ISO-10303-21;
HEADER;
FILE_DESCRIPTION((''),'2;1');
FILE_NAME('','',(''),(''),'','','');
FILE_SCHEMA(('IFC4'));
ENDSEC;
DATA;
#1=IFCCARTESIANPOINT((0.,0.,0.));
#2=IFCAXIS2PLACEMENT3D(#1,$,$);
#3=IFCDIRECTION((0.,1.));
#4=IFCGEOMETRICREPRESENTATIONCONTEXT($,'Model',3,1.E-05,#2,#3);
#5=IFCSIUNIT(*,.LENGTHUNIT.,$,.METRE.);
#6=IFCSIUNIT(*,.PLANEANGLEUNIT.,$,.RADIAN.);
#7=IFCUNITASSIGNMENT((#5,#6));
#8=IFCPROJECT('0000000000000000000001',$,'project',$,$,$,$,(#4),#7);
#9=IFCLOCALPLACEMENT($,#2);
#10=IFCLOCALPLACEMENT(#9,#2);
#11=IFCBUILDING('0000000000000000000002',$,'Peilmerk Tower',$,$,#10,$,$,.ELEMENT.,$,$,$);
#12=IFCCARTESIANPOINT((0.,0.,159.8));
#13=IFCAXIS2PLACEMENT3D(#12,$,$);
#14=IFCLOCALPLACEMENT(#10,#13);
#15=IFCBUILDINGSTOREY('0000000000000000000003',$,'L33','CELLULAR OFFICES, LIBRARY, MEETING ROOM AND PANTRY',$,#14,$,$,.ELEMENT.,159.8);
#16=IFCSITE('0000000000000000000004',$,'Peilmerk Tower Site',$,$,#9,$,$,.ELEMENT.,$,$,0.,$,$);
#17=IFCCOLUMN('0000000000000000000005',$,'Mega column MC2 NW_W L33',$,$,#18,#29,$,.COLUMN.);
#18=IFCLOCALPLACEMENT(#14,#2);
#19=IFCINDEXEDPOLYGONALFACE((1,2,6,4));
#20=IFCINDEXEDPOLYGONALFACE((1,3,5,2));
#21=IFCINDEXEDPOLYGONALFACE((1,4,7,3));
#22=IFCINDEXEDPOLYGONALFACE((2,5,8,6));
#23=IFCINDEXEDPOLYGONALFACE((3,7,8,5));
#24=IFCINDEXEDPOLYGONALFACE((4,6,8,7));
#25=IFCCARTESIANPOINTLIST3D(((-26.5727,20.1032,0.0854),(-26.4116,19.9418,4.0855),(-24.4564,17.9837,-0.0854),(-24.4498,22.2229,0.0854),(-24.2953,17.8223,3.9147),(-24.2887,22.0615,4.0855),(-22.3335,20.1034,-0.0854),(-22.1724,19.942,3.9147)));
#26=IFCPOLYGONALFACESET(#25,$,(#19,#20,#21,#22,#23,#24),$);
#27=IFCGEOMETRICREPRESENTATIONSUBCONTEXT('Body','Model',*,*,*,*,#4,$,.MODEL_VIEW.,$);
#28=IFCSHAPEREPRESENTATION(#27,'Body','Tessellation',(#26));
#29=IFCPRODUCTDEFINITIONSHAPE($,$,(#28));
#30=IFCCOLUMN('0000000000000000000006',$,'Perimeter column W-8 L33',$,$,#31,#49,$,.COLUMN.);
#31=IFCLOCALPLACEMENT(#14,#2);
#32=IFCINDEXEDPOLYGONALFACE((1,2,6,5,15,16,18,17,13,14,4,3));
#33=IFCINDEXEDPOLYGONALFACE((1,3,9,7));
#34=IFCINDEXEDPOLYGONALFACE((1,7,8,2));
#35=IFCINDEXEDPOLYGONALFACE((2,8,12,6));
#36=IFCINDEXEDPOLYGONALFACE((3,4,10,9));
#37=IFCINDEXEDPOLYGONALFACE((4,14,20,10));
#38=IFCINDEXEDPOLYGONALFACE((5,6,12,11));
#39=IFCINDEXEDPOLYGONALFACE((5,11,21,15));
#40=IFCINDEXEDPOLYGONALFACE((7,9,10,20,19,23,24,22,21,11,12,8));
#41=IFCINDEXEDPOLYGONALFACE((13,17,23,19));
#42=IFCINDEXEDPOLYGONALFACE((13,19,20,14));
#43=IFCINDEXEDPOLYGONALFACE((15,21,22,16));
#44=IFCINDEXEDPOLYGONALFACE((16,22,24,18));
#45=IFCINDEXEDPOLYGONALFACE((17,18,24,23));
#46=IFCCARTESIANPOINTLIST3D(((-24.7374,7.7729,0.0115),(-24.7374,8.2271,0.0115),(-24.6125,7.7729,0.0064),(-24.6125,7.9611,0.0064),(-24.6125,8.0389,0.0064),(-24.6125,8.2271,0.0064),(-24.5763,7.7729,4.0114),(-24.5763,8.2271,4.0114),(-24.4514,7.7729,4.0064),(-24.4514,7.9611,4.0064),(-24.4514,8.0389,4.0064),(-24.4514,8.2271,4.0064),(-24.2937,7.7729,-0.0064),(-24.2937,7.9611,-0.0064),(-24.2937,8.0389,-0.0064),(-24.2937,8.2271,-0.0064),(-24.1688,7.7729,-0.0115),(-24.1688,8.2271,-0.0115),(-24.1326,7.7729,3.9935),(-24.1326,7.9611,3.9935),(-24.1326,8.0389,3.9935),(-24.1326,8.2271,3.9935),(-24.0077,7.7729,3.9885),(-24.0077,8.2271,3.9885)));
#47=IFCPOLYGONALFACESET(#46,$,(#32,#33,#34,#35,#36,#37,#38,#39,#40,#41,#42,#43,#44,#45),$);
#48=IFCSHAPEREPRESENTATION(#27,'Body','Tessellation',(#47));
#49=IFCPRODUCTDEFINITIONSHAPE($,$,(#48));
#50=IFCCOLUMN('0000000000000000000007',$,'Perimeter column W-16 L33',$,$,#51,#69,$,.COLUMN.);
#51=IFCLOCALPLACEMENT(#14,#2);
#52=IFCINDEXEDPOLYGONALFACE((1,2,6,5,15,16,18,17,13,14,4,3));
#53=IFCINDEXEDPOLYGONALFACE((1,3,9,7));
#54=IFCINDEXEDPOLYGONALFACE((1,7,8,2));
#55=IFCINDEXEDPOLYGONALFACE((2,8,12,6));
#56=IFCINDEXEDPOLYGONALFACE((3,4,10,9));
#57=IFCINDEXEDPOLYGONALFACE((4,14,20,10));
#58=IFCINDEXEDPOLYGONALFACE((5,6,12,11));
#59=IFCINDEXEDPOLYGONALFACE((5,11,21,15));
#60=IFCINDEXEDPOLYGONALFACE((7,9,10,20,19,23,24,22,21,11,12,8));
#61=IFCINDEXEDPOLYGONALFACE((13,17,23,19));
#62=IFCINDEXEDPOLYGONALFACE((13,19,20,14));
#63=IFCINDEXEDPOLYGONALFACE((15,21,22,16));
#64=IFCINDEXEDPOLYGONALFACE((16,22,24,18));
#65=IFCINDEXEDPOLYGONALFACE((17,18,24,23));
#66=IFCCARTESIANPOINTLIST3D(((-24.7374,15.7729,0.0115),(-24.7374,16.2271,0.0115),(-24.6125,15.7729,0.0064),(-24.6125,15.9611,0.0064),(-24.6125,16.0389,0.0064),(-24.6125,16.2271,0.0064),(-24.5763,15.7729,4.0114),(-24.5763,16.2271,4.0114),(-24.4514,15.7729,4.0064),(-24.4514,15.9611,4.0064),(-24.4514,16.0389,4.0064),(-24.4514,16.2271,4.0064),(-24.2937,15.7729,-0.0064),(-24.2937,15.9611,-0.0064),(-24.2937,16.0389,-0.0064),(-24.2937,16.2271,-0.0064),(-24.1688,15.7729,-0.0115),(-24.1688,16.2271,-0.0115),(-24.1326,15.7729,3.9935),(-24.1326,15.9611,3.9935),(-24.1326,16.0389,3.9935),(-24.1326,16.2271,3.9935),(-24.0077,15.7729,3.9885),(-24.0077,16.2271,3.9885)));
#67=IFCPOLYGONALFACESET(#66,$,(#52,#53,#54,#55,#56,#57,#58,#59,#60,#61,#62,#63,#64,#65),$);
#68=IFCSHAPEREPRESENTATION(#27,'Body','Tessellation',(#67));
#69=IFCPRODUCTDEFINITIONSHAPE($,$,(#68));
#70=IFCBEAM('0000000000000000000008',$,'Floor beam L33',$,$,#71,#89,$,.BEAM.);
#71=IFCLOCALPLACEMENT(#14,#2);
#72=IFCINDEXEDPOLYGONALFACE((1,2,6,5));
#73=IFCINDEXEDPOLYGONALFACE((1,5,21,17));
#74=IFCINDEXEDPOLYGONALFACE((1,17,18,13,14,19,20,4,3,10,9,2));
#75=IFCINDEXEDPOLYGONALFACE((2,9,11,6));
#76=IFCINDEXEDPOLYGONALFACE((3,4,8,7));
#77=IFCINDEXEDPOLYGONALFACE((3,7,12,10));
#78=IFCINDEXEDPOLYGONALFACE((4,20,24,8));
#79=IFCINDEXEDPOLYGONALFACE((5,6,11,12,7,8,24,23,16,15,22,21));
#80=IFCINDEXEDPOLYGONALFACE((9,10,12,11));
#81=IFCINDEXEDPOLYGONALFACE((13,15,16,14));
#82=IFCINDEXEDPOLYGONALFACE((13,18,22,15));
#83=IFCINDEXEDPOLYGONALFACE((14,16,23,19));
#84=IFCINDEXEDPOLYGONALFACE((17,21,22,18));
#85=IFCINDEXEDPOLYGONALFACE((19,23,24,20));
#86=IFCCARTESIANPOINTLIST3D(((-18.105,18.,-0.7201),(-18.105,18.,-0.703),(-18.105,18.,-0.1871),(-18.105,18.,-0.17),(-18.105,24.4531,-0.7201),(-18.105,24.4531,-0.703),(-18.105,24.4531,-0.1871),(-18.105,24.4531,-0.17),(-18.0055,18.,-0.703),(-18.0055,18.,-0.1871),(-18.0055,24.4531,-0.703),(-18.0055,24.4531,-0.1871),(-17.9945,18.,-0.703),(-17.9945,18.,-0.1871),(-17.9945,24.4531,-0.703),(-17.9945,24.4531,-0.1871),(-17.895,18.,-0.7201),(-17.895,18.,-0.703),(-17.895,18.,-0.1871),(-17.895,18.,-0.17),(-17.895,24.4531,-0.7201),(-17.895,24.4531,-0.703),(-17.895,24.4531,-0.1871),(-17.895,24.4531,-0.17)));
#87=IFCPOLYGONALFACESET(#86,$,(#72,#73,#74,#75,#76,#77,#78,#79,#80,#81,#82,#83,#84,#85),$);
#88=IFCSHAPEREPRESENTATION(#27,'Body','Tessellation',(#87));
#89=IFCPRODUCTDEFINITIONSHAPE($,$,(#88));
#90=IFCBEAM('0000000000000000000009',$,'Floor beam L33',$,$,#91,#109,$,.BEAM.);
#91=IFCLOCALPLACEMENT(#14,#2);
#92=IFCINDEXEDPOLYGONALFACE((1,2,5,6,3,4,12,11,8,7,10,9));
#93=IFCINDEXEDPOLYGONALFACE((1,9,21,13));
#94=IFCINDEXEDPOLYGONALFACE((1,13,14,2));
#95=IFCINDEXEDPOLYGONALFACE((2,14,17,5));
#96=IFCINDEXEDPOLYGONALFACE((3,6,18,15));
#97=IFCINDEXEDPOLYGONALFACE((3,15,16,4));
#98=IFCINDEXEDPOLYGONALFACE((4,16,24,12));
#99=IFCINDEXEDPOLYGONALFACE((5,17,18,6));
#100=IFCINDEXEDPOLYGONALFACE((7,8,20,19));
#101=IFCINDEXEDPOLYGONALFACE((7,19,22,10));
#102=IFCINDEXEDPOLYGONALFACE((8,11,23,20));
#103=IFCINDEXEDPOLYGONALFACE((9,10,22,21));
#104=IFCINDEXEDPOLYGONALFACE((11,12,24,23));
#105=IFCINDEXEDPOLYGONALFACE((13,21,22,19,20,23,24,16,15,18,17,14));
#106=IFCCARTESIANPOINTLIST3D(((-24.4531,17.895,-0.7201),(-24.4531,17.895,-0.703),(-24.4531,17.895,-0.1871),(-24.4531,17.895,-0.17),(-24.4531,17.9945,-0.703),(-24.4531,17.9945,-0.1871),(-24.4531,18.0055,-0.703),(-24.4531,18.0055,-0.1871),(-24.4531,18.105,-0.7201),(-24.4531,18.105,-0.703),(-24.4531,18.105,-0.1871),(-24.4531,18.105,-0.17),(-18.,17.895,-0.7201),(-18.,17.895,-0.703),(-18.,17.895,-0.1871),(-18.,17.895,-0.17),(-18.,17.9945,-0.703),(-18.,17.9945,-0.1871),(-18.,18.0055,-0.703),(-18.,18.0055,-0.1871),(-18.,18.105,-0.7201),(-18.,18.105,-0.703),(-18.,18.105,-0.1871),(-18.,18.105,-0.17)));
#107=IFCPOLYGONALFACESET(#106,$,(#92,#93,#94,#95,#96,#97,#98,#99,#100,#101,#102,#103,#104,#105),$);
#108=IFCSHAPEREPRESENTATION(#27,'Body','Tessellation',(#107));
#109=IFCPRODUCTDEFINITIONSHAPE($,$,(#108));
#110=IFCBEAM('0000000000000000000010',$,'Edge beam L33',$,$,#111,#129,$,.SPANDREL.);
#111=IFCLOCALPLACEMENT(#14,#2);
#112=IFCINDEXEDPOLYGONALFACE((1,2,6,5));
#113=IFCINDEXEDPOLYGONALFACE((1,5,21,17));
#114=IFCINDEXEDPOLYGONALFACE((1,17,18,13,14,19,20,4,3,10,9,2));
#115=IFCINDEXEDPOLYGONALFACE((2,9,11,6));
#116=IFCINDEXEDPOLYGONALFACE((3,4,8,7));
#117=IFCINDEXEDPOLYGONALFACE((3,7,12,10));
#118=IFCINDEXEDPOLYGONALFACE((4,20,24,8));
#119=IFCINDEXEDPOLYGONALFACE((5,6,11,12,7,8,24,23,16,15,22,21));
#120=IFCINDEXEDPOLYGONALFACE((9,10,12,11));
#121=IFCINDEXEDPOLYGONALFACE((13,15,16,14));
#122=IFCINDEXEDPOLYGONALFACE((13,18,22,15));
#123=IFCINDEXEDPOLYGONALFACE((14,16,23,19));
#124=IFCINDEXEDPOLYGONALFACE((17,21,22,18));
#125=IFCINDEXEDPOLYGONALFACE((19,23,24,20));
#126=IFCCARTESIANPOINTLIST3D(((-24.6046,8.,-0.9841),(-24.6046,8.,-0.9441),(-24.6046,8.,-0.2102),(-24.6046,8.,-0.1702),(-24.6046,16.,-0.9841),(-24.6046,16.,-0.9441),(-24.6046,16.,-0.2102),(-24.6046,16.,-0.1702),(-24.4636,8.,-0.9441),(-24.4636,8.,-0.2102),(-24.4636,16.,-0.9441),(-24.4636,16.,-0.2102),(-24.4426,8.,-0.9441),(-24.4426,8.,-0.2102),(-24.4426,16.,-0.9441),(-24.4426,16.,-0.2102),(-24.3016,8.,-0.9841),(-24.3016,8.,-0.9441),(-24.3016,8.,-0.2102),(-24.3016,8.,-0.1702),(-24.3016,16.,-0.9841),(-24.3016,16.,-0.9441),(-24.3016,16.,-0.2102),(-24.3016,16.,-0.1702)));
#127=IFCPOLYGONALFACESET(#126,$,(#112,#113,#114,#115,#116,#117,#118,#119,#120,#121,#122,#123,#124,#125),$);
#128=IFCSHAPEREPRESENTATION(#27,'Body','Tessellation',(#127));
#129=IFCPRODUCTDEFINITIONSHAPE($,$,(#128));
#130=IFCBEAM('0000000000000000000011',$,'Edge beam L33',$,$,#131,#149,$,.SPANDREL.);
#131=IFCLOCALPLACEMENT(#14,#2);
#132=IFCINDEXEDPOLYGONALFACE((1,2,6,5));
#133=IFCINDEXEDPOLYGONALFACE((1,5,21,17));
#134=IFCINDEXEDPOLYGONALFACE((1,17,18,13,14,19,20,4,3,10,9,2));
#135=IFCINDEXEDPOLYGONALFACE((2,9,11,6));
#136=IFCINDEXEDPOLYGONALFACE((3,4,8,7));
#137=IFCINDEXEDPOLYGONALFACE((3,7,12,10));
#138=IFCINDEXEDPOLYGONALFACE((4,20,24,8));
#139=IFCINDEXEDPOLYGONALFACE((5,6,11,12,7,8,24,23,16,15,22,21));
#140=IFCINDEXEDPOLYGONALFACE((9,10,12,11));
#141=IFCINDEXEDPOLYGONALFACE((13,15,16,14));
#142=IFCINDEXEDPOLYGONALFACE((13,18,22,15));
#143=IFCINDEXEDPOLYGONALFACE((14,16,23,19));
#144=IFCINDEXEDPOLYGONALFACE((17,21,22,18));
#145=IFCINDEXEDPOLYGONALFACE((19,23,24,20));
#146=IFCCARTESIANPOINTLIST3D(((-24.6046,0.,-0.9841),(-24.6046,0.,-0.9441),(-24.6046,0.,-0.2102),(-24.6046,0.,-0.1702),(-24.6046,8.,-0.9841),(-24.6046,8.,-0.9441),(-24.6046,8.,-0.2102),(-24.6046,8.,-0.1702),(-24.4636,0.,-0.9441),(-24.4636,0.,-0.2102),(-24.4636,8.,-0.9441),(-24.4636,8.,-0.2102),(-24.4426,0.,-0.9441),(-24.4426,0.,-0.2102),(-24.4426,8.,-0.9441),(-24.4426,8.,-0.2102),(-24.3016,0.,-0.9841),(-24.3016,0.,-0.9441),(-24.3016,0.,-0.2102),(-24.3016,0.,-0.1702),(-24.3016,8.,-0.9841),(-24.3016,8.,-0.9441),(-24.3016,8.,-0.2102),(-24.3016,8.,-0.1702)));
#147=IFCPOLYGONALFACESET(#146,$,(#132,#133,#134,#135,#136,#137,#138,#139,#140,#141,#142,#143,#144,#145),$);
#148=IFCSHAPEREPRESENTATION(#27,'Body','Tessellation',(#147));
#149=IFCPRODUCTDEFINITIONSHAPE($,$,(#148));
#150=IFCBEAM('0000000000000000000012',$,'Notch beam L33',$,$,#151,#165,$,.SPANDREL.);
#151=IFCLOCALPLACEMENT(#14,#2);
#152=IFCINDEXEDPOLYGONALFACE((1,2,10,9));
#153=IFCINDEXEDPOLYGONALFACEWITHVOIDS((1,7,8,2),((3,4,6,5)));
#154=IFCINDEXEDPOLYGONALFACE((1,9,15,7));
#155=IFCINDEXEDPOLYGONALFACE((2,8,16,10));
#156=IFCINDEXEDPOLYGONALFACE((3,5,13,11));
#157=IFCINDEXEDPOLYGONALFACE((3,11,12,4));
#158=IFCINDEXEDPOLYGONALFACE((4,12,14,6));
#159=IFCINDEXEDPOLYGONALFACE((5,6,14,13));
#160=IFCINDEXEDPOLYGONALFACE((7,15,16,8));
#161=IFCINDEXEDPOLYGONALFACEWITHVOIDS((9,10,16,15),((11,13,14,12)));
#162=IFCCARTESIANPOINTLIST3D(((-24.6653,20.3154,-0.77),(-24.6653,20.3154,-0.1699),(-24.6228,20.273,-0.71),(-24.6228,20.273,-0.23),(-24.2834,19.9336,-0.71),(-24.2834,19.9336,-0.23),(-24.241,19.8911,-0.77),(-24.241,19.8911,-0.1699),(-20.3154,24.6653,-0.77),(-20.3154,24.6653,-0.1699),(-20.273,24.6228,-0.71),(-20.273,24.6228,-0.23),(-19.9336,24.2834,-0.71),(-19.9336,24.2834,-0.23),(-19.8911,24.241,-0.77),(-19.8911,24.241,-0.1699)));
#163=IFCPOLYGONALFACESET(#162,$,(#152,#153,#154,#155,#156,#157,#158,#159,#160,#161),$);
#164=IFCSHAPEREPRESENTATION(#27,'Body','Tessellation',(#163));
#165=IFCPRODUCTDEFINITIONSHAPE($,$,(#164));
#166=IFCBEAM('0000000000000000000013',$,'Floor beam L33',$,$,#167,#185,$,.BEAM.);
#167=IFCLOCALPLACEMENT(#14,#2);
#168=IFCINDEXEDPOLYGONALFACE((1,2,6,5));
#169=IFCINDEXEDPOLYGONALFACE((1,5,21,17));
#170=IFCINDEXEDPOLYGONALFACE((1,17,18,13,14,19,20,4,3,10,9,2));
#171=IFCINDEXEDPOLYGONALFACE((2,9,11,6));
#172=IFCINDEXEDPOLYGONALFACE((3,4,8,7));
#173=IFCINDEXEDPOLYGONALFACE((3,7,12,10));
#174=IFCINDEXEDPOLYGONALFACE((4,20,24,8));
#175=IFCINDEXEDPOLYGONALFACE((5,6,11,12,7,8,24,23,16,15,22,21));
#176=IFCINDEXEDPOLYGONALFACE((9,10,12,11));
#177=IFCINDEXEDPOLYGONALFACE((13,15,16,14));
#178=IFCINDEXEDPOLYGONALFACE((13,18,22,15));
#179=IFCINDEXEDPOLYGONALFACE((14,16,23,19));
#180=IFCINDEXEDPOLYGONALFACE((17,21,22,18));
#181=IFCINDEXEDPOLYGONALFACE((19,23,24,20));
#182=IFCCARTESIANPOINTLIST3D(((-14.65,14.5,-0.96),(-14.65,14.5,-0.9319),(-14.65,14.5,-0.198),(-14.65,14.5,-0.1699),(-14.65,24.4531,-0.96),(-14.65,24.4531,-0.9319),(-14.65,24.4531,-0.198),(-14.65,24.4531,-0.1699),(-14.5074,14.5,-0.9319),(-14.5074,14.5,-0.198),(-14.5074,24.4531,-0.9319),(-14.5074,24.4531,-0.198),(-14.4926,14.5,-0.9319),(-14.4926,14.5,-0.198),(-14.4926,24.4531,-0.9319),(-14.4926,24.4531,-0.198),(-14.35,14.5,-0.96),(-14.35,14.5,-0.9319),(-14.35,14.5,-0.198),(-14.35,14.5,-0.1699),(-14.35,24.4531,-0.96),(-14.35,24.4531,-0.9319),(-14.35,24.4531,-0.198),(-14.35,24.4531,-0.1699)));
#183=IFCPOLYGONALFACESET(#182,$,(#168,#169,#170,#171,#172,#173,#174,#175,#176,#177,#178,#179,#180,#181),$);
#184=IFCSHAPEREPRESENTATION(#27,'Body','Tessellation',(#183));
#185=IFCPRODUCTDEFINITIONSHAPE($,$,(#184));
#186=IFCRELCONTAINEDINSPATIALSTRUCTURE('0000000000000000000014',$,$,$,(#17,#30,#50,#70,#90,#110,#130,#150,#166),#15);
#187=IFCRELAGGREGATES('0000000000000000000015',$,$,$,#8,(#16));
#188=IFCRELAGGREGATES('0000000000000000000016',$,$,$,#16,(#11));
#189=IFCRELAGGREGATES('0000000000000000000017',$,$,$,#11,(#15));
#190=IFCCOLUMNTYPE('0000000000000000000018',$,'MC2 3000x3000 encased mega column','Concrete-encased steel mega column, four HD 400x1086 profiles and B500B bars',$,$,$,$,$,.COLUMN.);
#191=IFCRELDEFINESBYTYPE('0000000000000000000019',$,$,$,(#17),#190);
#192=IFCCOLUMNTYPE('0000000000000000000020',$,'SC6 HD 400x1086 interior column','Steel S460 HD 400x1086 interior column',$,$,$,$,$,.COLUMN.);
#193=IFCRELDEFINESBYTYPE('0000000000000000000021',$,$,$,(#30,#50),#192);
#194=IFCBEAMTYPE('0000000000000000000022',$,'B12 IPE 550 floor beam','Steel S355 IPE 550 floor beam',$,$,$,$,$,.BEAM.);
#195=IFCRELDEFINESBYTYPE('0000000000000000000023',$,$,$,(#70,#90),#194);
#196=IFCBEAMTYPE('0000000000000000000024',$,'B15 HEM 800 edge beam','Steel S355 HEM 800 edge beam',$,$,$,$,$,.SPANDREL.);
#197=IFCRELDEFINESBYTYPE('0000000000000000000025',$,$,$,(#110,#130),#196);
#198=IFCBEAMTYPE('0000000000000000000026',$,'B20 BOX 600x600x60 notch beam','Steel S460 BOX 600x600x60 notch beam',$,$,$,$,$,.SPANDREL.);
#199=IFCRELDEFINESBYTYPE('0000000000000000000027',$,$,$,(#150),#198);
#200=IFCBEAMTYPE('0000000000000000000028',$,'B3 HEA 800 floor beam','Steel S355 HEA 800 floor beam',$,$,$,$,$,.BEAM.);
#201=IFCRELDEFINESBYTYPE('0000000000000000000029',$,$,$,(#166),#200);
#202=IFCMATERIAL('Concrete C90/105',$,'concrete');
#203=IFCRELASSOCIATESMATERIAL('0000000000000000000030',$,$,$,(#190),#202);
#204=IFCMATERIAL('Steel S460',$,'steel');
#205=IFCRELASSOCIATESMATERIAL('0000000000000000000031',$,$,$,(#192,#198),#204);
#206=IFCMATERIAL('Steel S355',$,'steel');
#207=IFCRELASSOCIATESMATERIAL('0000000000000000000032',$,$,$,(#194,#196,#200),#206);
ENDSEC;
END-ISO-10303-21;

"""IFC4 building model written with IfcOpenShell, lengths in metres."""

from ifc_helpers import new_model, si_unit, direction, frame, origin, origin_2d, place, context, subcontext, project, spatial, rectangle, hollow_rectangle, i_section, extrude, material, material_profile, profile_set, type_object, element, save


model = new_model("IFC4")

# Units and contexts
model_context = context("Model", 3, precision=1e-05, world=origin(), true_north=direction((0.0, 1.0)))
body_context = subcontext(model_context, "Body", "Model", "MODEL_VIEW")
ifc_project = project(units=[si_unit("LENGTHUNIT", "METRE"), si_unit("PLANEANGLEUNIT", "RADIAN")], contexts=[model_context])

# Site, building, storey
site_placement = place(None, origin())
site = spatial("IfcSite", under=ifc_project, at=site_placement, Name="Peilmerk Tower Site", CompositionType="ELEMENT", RefElevation=0.0)
building_placement = place(site_placement, origin())
building = spatial("IfcBuilding", under=site, at=building_placement, Name="Peilmerk Tower", CompositionType="ELEMENT")
storey_placement = place(building_placement, frame((0.0, 0.0, 159.8)))
storey = spatial("IfcBuildingStorey", under=building, at=storey_placement, Name="L33", Description="CELLULAR OFFICES, LIBRARY, MEETING ROOM AND PANTRY", CompositionType="ELEMENT", Elevation=159.8)

# Columns
ifc_material_1 = material(Name="Concrete C90/105", Category="concrete")
ifc_material_profile_1 = material_profile(ifc_material_1, rectangle(XDim=3.0, YDim=3.0, at=origin_2d()), Name="RC 3000x3000")
ifc_profile_set_1 = profile_set([ifc_material_profile_1], Name="Concrete C90/105")
column_type_1 = type_object("IfcColumnType", Name="MC2 3000x3000 encased mega column", Description="Concrete-encased steel mega column, four HD 400x1086 profiles and B500B bars", PredefinedType="COLUMN", material=ifc_profile_set_1)
column_placement = place(storey_placement, frame((-24.4531, 20.1033, 0.0), z_axis=(0.040218, -0.040279, 0.998379), x_axis=(0.707642, 0.706571, 0.0)))
element("IfcColumn", 1, at=column_placement, inside=storey, type_object=column_type_1, Name="Mega column MC2 NW_W L33", PredefinedType="COLUMN", context=body_context, shape_type="SweptSolid", body=[
    extrude(rectangle(XDim=3.0, YDim=3.0, at=origin_2d()), origin(), (0.0, 0.0, 1.0), 4.0066),
])
ifc_material_2 = material(Name="Steel S460", Category="steel")
ifc_material_profile_2 = material_profile(ifc_material_2, i_section(OverallWidth=0.4541, OverallDepth=0.5691, WebThickness=0.0779, FlangeThickness=0.125, at=origin_2d()), Name="HD 400x1086")
ifc_profile_set_2 = profile_set([ifc_material_profile_2], Name="Steel S460")
column_type_2 = type_object("IfcColumnType", Name="SC6 HD 400x1086 interior column", Description="Steel S460 HD 400x1086 interior column", PredefinedType="COLUMN", material=ifc_profile_set_2)
for number, where, z_axis, x_axis, name in (
    (2, (-24.4531, 8.0, 0.0), (0.040251, 0.0, 0.99919), (0.0, 1.0, 0.0), "Perimeter column W-8 L33"),
    (3, (-24.4531, 16.0, 0.0), (0.040251, 0.0, 0.99919), (0.0, 1.0, 0.0), "Perimeter column W-16 L33"),
):
    element("IfcColumn", number, at=place(storey_placement, frame(where, z_axis=z_axis, x_axis=x_axis)), inside=storey, type_object=column_type_2, Name=name, PredefinedType="COLUMN", context=body_context, shape_type="SweptSolid", body=[
        extrude(i_section(OverallWidth=0.4541, OverallDepth=0.5691, WebThickness=0.0779, FlangeThickness=0.125, at=origin_2d()), origin(), (0.0, 0.0, 1.0), 4.0032),
    ])

# Beams
ifc_material_3 = material(Name="Steel S355", Category="steel")
ifc_material_profile_3 = material_profile(ifc_material_3, i_section(OverallWidth=0.21, OverallDepth=0.55, WebThickness=0.011, FlangeThickness=0.0171, at=origin_2d()), Name="IPE 550")
ifc_profile_set_3 = profile_set([ifc_material_profile_3], Name="Steel S355")
beam_type_1 = type_object("IfcBeamType", Name="B12 IPE 550 floor beam", Description="Steel S355 IPE 550 floor beam", PredefinedType="BEAM", material=ifc_profile_set_3)
for number, where, z_axis, x_axis, name in (
    (4, (-18.0, 18.0, -0.4451), (0.0, 1.0, 0.0), (-1.0, 0.0, 0.0), "Floor beam L33"),
    (5, (-18.0, 18.0, -0.4451), (-1.0, 0.0, 0.0), (0.0, -1.0, 0.0), "Floor beam L33"),
):
    element("IfcBeam", number, at=place(storey_placement, frame(where, z_axis=z_axis, x_axis=x_axis)), inside=storey, type_object=beam_type_1, Name=name, PredefinedType="BEAM", context=body_context, shape_type="SweptSolid", body=[
        extrude(i_section(OverallWidth=0.21, OverallDepth=0.55, WebThickness=0.011, FlangeThickness=0.0171, at=origin_2d()), origin(), (0.0, 0.0, 1.0), 6.4531),
    ])
ifc_material_profile_4 = material_profile(ifc_material_3, i_section(OverallWidth=0.303, OverallDepth=0.814, WebThickness=0.021, FlangeThickness=0.04, at=origin_2d()), Name="HEM 800")
ifc_profile_set_4 = profile_set([ifc_material_profile_4], Name="Steel S355")
beam_type_2 = type_object("IfcBeamType", Name="B15 HEM 800 edge beam", Description="Steel S355 HEM 800 edge beam", PredefinedType="SPANDREL", material=ifc_profile_set_4)
for number, where, z_axis, x_axis, name in (
    (6, (-24.4531, 16.0, -0.5771), (0.0, -1.0, 0.0), (1.0, 0.0, 0.0), "Edge beam L33"),
    (7, (-24.4531, 8.0, -0.5771), (0.0, -1.0, 0.0), (1.0, 0.0, 0.0), "Edge beam L33"),
):
    element("IfcBeam", number, at=place(storey_placement, frame(where, z_axis=z_axis, x_axis=x_axis)), inside=storey, type_object=beam_type_2, Name=name, PredefinedType="SPANDREL", context=body_context, shape_type="SweptSolid", body=[
        extrude(i_section(OverallWidth=0.303, OverallDepth=0.814, WebThickness=0.021, FlangeThickness=0.04, at=origin_2d()), origin(), (0.0, 0.0, 1.0), 8.0),
    ])
ifc_material_profile_5 = material_profile(ifc_material_2, hollow_rectangle(XDim=0.6001, YDim=0.6001, WallThickness=0.0601, at=origin_2d()), Name="BOX 600x600x60")
ifc_profile_set_5 = profile_set([ifc_material_profile_5], Name="Steel S460")
beam_type_3 = type_object("IfcBeamType", Name="B20 BOX 600x600x60 notch beam", Description="Steel S460 BOX 600x600x60 notch beam", PredefinedType="SPANDREL", material=ifc_profile_set_5)
beam_1_placement = place(storey_placement, frame((-24.4531, 20.1033, -0.47), z_axis=(0.707107, 0.707107, 0.0), x_axis=(-0.707107, 0.707107, 0.0)))
element("IfcBeam", 8, at=beam_1_placement, inside=storey, type_object=beam_type_3, Name="Notch beam L33", PredefinedType="SPANDREL", context=body_context, shape_type="SweptSolid", body=[
    extrude(hollow_rectangle(XDim=0.6001, YDim=0.6001, WallThickness=0.0601, at=origin_2d()), origin(), (0.0, 0.0, 1.0), 6.1516),
])
ifc_material_profile_6 = material_profile(ifc_material_3, i_section(OverallWidth=0.3, OverallDepth=0.79, WebThickness=0.0149, FlangeThickness=0.0281, at=origin_2d()), Name="HEA 800")
ifc_profile_set_6 = profile_set([ifc_material_profile_6], Name="Steel S355")
beam_type_4 = type_object("IfcBeamType", Name="B3 HEA 800 floor beam", Description="Steel S355 HEA 800 floor beam", PredefinedType="BEAM", material=ifc_profile_set_6)
beam_2_placement = place(storey_placement, frame((-14.5, 14.5, -0.5649), z_axis=(0.0, 1.0, 0.0), x_axis=(-1.0, 0.0, 0.0)))
element("IfcBeam", 9, at=beam_2_placement, inside=storey, type_object=beam_type_4, Name="Floor beam L33", PredefinedType="BEAM", context=body_context, shape_type="SweptSolid", body=[
    extrude(i_section(OverallWidth=0.3, OverallDepth=0.79, WebThickness=0.0149, FlangeThickness=0.0281, at=origin_2d()), origin(), (0.0, 0.0, 1.0), 9.9531),
])

save(model, "model.ifc")
